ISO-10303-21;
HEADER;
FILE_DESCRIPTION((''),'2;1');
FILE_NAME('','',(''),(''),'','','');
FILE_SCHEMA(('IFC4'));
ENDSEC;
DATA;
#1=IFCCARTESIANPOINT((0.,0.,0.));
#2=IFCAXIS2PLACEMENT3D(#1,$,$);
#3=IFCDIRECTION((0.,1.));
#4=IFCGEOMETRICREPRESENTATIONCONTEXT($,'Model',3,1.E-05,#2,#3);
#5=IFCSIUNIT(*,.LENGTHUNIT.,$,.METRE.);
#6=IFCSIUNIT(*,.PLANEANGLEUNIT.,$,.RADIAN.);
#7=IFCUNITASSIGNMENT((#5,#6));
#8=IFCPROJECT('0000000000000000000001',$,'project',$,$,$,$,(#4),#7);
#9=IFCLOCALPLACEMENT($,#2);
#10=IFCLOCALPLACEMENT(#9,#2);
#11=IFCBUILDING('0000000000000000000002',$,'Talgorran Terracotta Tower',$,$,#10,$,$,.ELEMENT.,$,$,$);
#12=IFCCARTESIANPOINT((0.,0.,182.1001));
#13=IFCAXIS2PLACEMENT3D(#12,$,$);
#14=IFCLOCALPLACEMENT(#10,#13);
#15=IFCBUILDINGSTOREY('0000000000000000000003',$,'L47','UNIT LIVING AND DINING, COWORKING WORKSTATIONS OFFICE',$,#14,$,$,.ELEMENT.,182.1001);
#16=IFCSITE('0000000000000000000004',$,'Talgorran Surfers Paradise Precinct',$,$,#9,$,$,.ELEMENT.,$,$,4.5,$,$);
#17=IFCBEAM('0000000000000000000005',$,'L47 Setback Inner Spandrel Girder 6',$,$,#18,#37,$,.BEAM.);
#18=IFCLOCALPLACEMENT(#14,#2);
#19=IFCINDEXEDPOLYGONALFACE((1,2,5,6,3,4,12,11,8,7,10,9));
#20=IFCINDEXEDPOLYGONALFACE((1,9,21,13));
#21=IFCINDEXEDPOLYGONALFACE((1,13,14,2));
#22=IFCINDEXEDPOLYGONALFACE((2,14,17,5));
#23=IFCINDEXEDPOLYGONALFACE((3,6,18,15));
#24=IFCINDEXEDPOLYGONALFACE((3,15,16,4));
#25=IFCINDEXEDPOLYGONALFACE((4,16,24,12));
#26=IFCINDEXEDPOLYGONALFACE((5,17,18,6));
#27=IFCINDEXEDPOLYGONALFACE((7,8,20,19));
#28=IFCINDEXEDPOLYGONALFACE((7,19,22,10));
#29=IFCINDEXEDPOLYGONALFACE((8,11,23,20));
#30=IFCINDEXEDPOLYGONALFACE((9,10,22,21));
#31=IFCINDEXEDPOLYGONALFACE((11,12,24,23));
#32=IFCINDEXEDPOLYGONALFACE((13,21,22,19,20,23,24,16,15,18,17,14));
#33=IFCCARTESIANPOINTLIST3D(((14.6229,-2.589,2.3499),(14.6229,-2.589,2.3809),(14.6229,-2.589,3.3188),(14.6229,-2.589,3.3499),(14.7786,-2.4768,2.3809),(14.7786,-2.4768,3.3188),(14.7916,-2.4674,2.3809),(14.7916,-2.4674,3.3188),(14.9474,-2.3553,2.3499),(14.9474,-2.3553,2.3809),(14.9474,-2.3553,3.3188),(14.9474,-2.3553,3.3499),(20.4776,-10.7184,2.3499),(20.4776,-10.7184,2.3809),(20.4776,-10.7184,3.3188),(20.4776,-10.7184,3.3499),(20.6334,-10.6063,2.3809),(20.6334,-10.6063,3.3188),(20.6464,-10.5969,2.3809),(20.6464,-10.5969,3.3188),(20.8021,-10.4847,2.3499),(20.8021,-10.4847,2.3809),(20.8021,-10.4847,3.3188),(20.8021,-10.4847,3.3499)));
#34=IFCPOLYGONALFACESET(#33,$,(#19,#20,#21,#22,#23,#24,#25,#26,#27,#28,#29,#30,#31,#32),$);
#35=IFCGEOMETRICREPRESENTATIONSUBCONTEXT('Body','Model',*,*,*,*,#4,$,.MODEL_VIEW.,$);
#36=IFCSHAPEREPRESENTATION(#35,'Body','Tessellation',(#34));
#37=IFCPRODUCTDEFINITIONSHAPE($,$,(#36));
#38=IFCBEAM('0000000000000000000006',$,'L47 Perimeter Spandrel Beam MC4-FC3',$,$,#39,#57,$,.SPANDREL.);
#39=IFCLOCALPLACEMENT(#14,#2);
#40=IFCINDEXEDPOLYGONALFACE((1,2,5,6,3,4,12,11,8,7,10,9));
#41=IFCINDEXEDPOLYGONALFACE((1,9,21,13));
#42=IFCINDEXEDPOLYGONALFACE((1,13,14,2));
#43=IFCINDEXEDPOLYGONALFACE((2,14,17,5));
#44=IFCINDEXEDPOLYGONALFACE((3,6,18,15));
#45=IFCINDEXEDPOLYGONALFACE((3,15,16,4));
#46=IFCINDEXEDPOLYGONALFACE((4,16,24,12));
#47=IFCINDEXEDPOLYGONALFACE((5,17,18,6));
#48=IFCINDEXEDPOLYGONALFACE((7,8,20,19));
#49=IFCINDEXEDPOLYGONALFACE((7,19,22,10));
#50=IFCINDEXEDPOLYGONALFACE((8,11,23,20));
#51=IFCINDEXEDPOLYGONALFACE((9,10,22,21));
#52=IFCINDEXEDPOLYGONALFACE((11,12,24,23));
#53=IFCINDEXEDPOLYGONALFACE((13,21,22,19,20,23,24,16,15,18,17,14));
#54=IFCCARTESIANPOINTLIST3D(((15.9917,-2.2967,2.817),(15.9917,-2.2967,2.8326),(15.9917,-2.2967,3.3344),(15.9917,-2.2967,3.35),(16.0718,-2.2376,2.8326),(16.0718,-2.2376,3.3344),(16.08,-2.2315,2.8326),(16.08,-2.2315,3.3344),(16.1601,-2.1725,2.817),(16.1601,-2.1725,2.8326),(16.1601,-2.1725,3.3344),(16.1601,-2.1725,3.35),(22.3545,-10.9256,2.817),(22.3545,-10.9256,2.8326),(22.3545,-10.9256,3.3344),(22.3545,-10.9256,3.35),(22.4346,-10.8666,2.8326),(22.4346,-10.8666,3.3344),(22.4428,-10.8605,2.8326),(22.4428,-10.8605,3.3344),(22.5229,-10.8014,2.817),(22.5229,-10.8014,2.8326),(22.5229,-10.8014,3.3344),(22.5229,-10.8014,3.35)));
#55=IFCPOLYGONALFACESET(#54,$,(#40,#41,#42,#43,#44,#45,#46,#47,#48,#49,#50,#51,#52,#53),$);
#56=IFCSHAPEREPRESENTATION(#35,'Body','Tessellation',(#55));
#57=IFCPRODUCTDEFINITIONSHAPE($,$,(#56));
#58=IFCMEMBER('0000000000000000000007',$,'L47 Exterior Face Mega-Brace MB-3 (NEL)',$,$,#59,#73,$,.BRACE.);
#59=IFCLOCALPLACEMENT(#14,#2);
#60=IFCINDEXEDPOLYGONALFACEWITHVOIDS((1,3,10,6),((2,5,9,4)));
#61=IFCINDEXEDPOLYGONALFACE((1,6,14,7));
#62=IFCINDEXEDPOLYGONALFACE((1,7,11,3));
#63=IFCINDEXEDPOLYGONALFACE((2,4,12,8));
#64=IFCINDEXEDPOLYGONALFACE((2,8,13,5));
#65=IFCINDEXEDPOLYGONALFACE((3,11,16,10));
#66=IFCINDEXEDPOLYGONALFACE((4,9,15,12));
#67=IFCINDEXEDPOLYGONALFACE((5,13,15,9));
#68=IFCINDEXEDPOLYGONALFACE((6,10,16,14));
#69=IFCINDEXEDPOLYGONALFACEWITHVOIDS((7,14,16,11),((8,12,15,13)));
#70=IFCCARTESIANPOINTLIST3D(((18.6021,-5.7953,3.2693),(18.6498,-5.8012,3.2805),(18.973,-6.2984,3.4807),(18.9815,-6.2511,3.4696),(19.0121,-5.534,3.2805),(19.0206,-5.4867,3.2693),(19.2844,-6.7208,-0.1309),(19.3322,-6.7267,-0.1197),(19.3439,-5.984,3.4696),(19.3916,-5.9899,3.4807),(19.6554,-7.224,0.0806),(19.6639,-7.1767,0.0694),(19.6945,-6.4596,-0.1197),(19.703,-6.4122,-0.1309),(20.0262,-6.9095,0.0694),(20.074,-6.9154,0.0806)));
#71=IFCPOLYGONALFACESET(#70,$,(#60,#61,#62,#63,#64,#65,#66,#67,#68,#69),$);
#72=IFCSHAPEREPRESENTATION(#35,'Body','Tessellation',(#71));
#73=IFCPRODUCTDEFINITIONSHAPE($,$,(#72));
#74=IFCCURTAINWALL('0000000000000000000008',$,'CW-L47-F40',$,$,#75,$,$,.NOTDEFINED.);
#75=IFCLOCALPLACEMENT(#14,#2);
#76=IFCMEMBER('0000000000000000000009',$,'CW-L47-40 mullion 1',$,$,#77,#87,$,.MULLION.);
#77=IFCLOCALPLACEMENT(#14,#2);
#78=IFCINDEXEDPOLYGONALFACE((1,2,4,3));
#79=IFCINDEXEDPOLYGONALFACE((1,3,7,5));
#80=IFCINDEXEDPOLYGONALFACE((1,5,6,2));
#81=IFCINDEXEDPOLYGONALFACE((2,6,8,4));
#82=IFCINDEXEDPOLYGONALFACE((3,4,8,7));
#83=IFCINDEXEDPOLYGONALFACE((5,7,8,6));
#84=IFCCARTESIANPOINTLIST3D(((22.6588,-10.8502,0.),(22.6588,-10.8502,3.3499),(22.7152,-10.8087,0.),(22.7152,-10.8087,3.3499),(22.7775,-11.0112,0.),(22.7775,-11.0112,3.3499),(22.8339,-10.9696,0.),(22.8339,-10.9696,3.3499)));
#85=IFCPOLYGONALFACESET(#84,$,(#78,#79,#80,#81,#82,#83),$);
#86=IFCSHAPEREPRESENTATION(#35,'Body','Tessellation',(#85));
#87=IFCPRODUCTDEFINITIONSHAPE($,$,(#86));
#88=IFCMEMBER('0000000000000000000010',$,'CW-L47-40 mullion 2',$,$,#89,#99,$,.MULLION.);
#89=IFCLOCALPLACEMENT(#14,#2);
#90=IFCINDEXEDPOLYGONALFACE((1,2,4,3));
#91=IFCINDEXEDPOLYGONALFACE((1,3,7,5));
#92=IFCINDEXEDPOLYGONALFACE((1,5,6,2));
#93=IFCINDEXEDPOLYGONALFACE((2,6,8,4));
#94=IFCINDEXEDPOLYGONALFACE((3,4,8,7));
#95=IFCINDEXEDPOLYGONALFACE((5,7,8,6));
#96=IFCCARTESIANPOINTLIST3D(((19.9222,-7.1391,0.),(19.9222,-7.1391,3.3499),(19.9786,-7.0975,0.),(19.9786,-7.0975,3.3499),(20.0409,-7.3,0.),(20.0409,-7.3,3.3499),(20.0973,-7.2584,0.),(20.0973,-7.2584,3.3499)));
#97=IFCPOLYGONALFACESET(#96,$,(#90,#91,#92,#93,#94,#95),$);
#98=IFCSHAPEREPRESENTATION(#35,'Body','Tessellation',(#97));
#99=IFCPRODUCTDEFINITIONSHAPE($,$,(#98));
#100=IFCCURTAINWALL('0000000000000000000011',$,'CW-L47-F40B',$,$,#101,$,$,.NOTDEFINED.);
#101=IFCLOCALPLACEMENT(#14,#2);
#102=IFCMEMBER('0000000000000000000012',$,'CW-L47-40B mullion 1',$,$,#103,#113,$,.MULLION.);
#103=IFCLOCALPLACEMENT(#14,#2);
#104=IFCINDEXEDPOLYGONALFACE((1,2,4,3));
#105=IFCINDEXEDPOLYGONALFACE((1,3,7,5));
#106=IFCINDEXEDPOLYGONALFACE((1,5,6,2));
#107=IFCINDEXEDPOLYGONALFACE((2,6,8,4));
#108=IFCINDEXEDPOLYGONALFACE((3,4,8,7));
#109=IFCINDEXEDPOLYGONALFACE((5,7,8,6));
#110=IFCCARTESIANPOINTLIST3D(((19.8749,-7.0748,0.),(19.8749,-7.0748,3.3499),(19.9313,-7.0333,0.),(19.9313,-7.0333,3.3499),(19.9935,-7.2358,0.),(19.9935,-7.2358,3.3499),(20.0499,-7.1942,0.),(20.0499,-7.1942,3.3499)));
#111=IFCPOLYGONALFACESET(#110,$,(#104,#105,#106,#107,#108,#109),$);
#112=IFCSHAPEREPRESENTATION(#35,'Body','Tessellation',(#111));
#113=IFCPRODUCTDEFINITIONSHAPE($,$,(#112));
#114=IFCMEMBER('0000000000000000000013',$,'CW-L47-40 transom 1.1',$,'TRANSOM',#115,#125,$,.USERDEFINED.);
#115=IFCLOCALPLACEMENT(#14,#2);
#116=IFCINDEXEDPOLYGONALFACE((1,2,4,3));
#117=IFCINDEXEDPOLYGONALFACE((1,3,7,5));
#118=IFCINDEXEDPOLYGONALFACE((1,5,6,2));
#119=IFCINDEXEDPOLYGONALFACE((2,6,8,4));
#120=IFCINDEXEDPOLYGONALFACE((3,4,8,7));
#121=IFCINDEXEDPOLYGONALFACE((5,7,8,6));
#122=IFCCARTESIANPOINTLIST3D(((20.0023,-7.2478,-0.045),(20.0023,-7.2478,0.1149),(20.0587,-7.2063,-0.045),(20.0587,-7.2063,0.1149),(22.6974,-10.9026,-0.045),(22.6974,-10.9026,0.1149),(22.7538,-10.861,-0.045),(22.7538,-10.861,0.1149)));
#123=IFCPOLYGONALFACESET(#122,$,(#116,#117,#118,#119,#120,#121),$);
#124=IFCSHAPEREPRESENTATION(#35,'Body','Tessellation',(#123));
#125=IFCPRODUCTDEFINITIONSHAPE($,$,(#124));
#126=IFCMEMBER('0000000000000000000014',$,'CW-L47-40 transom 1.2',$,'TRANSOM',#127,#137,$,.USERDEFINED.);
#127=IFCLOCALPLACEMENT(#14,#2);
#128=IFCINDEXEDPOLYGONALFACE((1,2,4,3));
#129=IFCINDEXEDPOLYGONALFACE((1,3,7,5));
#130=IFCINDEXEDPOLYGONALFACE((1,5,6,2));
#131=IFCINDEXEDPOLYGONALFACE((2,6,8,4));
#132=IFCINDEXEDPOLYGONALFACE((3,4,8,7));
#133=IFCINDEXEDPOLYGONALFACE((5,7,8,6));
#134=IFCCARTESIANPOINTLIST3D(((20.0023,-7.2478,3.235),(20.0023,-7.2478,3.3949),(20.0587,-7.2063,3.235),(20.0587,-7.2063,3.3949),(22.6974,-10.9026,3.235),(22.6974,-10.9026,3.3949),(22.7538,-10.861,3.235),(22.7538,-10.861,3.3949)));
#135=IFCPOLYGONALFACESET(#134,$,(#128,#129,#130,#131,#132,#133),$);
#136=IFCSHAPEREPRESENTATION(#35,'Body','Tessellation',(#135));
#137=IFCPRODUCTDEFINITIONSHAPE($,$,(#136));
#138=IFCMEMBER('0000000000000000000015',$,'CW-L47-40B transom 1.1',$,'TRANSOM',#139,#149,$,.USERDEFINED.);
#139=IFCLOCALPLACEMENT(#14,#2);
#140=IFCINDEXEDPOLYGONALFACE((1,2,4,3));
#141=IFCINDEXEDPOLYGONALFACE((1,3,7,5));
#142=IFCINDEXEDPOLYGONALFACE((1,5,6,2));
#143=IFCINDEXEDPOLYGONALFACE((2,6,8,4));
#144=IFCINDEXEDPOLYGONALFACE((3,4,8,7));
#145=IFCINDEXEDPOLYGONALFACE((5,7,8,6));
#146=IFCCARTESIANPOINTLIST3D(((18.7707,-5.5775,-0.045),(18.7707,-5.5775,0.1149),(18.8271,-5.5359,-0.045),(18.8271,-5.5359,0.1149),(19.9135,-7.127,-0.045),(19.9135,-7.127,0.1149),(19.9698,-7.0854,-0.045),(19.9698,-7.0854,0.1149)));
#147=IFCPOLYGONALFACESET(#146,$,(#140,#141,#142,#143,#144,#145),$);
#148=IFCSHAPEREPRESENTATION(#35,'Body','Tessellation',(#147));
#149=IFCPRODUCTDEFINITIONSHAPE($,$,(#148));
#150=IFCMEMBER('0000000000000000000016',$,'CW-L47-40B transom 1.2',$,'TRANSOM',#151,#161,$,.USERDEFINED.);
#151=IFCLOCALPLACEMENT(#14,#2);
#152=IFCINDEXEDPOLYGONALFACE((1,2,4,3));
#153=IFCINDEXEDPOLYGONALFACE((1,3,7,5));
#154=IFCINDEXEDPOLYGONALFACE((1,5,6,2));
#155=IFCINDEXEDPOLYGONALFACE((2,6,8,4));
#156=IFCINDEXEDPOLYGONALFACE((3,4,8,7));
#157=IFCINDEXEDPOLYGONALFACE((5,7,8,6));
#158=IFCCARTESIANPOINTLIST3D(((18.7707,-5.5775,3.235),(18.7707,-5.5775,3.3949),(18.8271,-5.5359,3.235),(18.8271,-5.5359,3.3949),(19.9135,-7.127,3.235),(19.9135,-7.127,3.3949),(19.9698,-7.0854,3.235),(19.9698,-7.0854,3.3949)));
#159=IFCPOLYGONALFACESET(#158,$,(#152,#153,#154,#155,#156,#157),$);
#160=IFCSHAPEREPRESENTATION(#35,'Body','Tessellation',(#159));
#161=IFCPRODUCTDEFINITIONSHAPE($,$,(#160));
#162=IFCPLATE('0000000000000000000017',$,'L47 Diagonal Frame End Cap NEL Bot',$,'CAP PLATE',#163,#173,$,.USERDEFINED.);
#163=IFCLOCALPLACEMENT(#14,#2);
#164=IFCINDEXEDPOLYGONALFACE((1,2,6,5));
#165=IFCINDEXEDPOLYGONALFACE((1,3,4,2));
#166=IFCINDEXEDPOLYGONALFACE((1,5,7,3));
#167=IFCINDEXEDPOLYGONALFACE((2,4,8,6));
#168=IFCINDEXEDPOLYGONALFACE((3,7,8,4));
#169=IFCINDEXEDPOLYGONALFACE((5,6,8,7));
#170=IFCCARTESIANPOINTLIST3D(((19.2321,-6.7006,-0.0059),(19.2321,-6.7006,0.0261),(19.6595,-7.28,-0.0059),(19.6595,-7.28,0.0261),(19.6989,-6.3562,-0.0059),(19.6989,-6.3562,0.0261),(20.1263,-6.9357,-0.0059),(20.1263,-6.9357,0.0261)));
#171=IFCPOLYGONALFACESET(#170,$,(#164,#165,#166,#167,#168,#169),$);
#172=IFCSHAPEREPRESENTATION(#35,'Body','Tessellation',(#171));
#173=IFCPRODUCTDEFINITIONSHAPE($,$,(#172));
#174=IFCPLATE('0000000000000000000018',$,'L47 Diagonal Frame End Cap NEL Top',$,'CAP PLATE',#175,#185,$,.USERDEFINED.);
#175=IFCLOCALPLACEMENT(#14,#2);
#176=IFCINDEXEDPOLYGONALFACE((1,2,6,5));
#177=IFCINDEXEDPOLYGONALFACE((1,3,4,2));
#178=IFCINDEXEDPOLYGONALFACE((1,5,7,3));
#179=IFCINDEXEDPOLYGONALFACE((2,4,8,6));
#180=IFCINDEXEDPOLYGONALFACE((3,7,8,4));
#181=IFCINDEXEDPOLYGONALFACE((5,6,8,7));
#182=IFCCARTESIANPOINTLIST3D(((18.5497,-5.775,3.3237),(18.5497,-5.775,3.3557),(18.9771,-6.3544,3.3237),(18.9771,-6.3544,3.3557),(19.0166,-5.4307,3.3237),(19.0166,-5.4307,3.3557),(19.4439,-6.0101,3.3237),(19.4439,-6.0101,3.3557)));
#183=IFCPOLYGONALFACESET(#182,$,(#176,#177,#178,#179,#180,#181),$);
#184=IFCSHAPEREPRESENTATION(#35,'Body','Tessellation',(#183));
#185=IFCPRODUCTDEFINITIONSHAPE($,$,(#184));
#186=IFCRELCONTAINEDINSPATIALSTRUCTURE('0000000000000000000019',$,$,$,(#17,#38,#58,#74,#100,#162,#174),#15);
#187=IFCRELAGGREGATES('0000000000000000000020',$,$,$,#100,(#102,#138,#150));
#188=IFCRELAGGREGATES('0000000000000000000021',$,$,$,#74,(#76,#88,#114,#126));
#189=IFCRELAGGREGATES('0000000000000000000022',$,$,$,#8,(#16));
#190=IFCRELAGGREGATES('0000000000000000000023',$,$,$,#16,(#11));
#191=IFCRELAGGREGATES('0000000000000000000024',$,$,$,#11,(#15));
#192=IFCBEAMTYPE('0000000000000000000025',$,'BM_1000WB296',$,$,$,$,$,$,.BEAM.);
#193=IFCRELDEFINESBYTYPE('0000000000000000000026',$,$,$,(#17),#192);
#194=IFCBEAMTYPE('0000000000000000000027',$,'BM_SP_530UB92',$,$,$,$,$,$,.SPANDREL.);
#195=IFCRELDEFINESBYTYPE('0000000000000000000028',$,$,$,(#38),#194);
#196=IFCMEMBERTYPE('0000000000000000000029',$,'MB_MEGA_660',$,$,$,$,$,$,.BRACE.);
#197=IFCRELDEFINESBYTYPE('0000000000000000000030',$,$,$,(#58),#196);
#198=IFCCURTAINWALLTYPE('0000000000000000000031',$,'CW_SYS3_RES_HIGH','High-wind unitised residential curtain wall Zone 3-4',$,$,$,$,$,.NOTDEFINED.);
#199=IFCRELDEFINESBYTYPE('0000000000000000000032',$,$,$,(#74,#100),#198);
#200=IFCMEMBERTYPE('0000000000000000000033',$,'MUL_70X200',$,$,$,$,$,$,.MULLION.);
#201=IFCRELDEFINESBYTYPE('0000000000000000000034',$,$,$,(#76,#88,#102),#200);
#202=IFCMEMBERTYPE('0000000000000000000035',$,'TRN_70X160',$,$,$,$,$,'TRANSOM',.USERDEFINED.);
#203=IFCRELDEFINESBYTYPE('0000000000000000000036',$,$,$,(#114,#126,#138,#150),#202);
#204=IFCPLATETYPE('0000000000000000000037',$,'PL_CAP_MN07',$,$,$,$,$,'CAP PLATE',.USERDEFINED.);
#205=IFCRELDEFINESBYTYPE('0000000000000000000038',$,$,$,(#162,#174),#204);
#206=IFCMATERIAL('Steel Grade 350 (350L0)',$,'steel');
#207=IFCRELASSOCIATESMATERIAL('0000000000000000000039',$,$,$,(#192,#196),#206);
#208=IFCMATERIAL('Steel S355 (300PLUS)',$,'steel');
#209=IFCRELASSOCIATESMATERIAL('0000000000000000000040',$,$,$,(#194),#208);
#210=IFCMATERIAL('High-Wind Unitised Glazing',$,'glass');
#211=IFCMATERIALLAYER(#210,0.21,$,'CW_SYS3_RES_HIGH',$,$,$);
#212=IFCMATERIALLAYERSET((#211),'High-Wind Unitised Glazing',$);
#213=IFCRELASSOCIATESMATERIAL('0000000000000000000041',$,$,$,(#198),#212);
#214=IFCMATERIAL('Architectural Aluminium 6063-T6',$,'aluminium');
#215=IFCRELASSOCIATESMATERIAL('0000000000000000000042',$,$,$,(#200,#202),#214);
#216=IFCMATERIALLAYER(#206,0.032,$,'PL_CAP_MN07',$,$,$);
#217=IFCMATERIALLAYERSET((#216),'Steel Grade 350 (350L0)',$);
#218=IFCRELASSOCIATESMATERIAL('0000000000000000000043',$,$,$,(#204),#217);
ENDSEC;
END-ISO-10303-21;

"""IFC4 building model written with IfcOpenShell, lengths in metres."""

from ifc_helpers import new_model, si_unit, direction, frame, origin, origin_2d, place, context, subcontext, project, spatial, rectangle, hollow_rectangle, i_section, extrude, material, layer, layer_set, material_profile, profile_set, type_object, element, aggregate, save


model = new_model("IFC4")

# Units and contexts
model_context = context("Model", 3, precision=1e-05, world=origin(), true_north=direction((0.0, 1.0)))
body_context = subcontext(model_context, "Body", "Model", "MODEL_VIEW")
ifc_project = project(units=[si_unit("LENGTHUNIT", "METRE"), si_unit("PLANEANGLEUNIT", "RADIAN")], contexts=[model_context])

# Site, building, storey
site_placement = place(None, origin())
site = spatial("IfcSite", under=ifc_project, at=site_placement, Name="Talgorran Surfers Paradise Precinct", CompositionType="ELEMENT", RefElevation=4.5)
building_placement = place(site_placement, origin())
building = spatial("IfcBuilding", under=site, at=building_placement, Name="Talgorran Terracotta Tower", CompositionType="ELEMENT")
storey_placement = place(building_placement, frame((0.0, 0.0, 182.1001)))
storey = spatial("IfcBuildingStorey", under=building, at=storey_placement, Name="L47", Description="UNIT LIVING AND DINING, COWORKING WORKSTATIONS OFFICE", CompositionType="ELEMENT", Elevation=182.1001)

# Beams
ifc_material_1 = material(Name="Steel Grade 350 (350L0)", Category="steel")
ifc_material_profile_1 = material_profile(ifc_material_1, i_section(OverallWidth=0.3999, OverallDepth=1.0, WebThickness=0.0161, FlangeThickness=0.031, at=origin_2d()), Name="1000WB296")
ifc_profile_set_1 = profile_set([ifc_material_profile_1], Name="Steel Grade 350 (350L0)")
beam_type_1 = type_object("IfcBeamType", Name="BM_1000WB296", PredefinedType="BEAM", material=ifc_profile_set_1)
beam_1_placement = place(storey_placement, frame((20.6399, -10.6016, 2.8499), z_axis=(-0.584408, 0.81146, 0.0), x_axis=(-0.81146, -0.584408, 0.0)))
element("IfcBeam", 1, at=beam_1_placement, inside=storey, type_object=beam_type_1, Name="L47 Setback Inner Spandrel Girder 6", PredefinedType="BEAM", context=body_context, shape_type="SweptSolid", body=[
    extrude(i_section(OverallWidth=0.3999, OverallDepth=1.0, WebThickness=0.0161, FlangeThickness=0.031, at=origin_2d()), origin(), (0.0, 0.0, 1.0), 10.0183),
])
ifc_material_2 = material(Name="Steel S355 (300PLUS)", Category="steel")
ifc_material_profile_2 = material_profile(ifc_material_2, i_section(OverallWidth=0.2092, OverallDepth=0.533, WebThickness=0.0103, FlangeThickness=0.0156, at=origin_2d()), Name="530UB92.4")
ifc_profile_set_2 = profile_set([ifc_material_profile_2], Name="Steel S355 (300PLUS)")
beam_type_2 = type_object("IfcBeamType", Name="BM_SP_530UB92", PredefinedType="SPANDREL", material=ifc_profile_set_2)
beam_2_placement = place(storey_placement, frame((22.4387, -10.8635, 3.0835), z_axis=(-0.59348, 0.804849, 0.0), x_axis=(-0.804849, -0.59348, 0.0)))
element("IfcBeam", 2, at=beam_2_placement, inside=storey, type_object=beam_type_2, Name="L47 Perimeter Spandrel Beam MC4-FC3", PredefinedType="SPANDREL", context=body_context, shape_type="SweptSolid", body=[
    extrude(i_section(OverallWidth=0.2092, OverallDepth=0.533, WebThickness=0.0103, FlangeThickness=0.0156, at=origin_2d()), origin(), (0.0, 0.0, 1.0), 10.7212),
])

# Member
ifc_material_profile_3 = material_profile(ifc_material_1, hollow_rectangle(XDim=0.52, YDim=0.6599, WallThickness=0.0349, at=origin_2d()), Name="WBOX660X520X35")
ifc_profile_set_3 = profile_set([ifc_material_profile_3], Name="Steel Grade 350 (350L0)")
member_type_1 = type_object("IfcMemberType", Name="MB_MEGA_660", PredefinedType="BRACE", material=ifc_profile_set_3)
member_1_placement = place(storey_placement, frame((19.6792, -6.8181, -0.0251), z_axis=(-0.190112, 0.257858, 0.947294), x_axis=(-0.80489, -0.593424, 0.0)))
element("IfcMember", 3, at=member_1_placement, inside=storey, type_object=member_type_1, Name="L47 Exterior Face Mega-Brace MB-3 (NEL)", PredefinedType="BRACE", context=body_context, shape_type="SweptSolid", body=[
    extrude(hollow_rectangle(XDim=0.52, YDim=0.6599, WallThickness=0.0349, at=origin_2d()), origin(), (0.0, 0.0, 1.0), 3.5894),
])

# Curtain wall, members
ifc_material_3 = material(Name="High-Wind Unitised Glazing", Category="glass")
ifc_layer_1 = layer(ifc_material_3, 0.21, Name="CW_SYS3_RES_HIGH")
ifc_layer_set_1 = layer_set([ifc_layer_1], Name="High-Wind Unitised Glazing")
curtain_wall_type = type_object("IfcCurtainWallType", Name="CW_SYS3_RES_HIGH", Description="High-wind unitised residential curtain wall Zone 3-4", PredefinedType="NOTDEFINED", material=ifc_layer_set_1)
curtain_wall_1_placement = place(storey_placement, origin())
curtain_wall_1 = element("IfcCurtainWall", 4, at=curtain_wall_1_placement, inside=storey, type_object=curtain_wall_type, Name="CW-L47-F40", PredefinedType="NOTDEFINED")
ifc_material_4 = material(Name="Architectural Aluminium 6063-T6", Category="aluminium")
ifc_material_profile_4 = material_profile(ifc_material_4, rectangle(XDim=0.0701, YDim=0.2, at=origin_2d()), Name="CWM70X200")
ifc_profile_set_4 = profile_set([ifc_material_profile_4], Name="Architectural Aluminium 6063-T6")
member_type_2 = type_object("IfcMemberType", Name="MUL_70X200", PredefinedType="MULLION", material=ifc_profile_set_4)
member_2_placement = place(storey_placement, frame((22.7463, -10.9099, 0.0), z_axis=(0.0, 0.0, 1.0), x_axis=(-0.804837, -0.593496, 0.0)))
member_2 = element("IfcMember", 5, at=member_2_placement, type_object=member_type_2, Name="CW-L47-40 mullion 1", PredefinedType="MULLION", context=body_context, shape_type="SweptSolid", body=[
    extrude(rectangle(XDim=0.0701, YDim=0.2, at=origin_2d()), origin(), (0.0, 0.0, 1.0), 3.3499),
])
member_3_placement = place(storey_placement, frame((20.0098, -7.1987, 0.0), z_axis=(0.0, 0.0, 1.0), x_axis=(-0.804837, -0.593496, 0.0)))
member_3 = element("IfcMember", 6, at=member_3_placement, type_object=member_type_2, Name="CW-L47-40 mullion 2", PredefinedType="MULLION", context=body_context, shape_type="SweptSolid", body=[
    extrude(rectangle(XDim=0.0701, YDim=0.2, at=origin_2d()), origin(), (0.0, 0.0, 1.0), 3.3499),
])

# Curtain wall, member
curtain_wall_2_placement = place(storey_placement, origin())
curtain_wall_2 = element("IfcCurtainWall", 7, at=curtain_wall_2_placement, inside=storey, type_object=curtain_wall_type, Name="CW-L47-F40B", PredefinedType="NOTDEFINED")
member_4_placement = place(storey_placement, frame((19.9624, -7.1345, 0.0), z_axis=(0.0, 0.0, 1.0), x_axis=(-0.804843, -0.593488, 0.0)))
member_4 = element("IfcMember", 8, at=member_4_placement, type_object=member_type_2, Name="CW-L47-40B mullion 1", PredefinedType="MULLION", context=body_context, shape_type="SweptSolid", body=[
    extrude(rectangle(XDim=0.0701, YDim=0.2, at=origin_2d()), origin(), (0.0, 0.0, 1.0), 3.3499),
])

# Members
ifc_material_profile_5 = material_profile(ifc_material_4, rectangle(XDim=0.0701, YDim=0.1599, at=origin_2d()), Name="CWT70X160")
ifc_profile_set_5 = profile_set([ifc_material_profile_5], Name="Architectural Aluminium 6063-T6")
member_type_3 = type_object("IfcMemberType", Name="TRN_70X160", ElementType="TRANSOM", PredefinedType="USERDEFINED", material=ifc_profile_set_5)
member_5_placement = place(storey_placement, frame((22.7256, -10.8818, 0.0349), z_axis=(-0.593494, 0.804838, 0.0), x_axis=(-0.804838, -0.593494, 0.0)))
member_5 = element("IfcMember", 9, at=member_5_placement, type_object=member_type_3, Name="CW-L47-40 transom 1.1", ObjectType="TRANSOM", PredefinedType="USERDEFINED", context=body_context, shape_type="SweptSolid", body=[
    extrude(rectangle(XDim=0.0701, YDim=0.1599, at=origin_2d()), origin(), (0.0, 0.0, 1.0), 4.541),
])
member_6_placement = place(storey_placement, frame((22.7256, -10.8818, 3.3149), z_axis=(-0.593494, 0.804838, 0.0), x_axis=(-0.804838, -0.593494, 0.0)))
member_6 = element("IfcMember", 10, at=member_6_placement, type_object=member_type_3, Name="CW-L47-40 transom 1.2", ObjectType="TRANSOM", PredefinedType="USERDEFINED", context=body_context, shape_type="SweptSolid", body=[
    extrude(rectangle(XDim=0.0701, YDim=0.1599, at=origin_2d()), origin(), (0.0, 0.0, 1.0), 4.541),
])
member_7_placement = place(storey_placement, frame((19.9417, -7.1062, 0.0349), z_axis=(-0.593549, 0.804798, 0.0), x_axis=(-0.804798, -0.593549, 0.0)))
member_7 = element("IfcMember", 11, at=member_7_placement, type_object=member_type_3, Name="CW-L47-40B transom 1.1", ObjectType="TRANSOM", PredefinedType="USERDEFINED", context=body_context, shape_type="SweptSolid", body=[
    extrude(rectangle(XDim=0.0701, YDim=0.1599, at=origin_2d()), origin(), (0.0, 0.0, 1.0), 1.9253),
])
member_8_placement = place(storey_placement, frame((19.9417, -7.1062, 3.3149), z_axis=(-0.593549, 0.804798, 0.0), x_axis=(-0.804798, -0.593549, 0.0)))
member_8 = element("IfcMember", 12, at=member_8_placement, type_object=member_type_3, Name="CW-L47-40B transom 1.2", ObjectType="TRANSOM", PredefinedType="USERDEFINED", context=body_context, shape_type="SweptSolid", body=[
    extrude(rectangle(XDim=0.0701, YDim=0.1599, at=origin_2d()), origin(), (0.0, 0.0, 1.0), 1.9253),
])

# Plates
ifc_layer_2 = layer(ifc_material_1, 0.032, Name="PL_CAP_MN07")
ifc_layer_set_2 = layer_set([ifc_layer_2], Name="Steel Grade 350 (350L0)")
plate_type_1 = type_object("IfcPlateType", Name="PL_CAP_MN07", ElementType="CAP PLATE", PredefinedType="USERDEFINED", material=ifc_layer_set_2)
for number, where, z_axis, x_axis, name in (
    (13, (19.6792, -6.8181, -0.0059), (0.0, 0.0, 1.0), (-0.593559, 0.80479, 0.0), "L47 Diagonal Frame End Cap NEL Bot"),
    (14, (18.9968, -5.8926, 3.3237), (0.0, 0.0, 1.0), (-0.593559, 0.80479, 0.0), "L47 Diagonal Frame End Cap NEL Top"),
):
    element("IfcPlate", number, at=place(storey_placement, frame(where, z_axis=z_axis, x_axis=x_axis)), inside=storey, type_object=plate_type_1, Name=name, ObjectType="CAP PLATE", PredefinedType="USERDEFINED", context=body_context, shape_type="SweptSolid", body=[
        extrude(rectangle(XDim=0.72, YDim=0.5801, at=origin_2d()), origin(), (0.0, 0.0, 1.0), 0.032),
    ])

aggregate(curtain_wall_2, [member_4, member_7, member_8])
aggregate(curtain_wall_1, [member_2, member_3, member_5, member_6])

save(model, "model.ifc")
